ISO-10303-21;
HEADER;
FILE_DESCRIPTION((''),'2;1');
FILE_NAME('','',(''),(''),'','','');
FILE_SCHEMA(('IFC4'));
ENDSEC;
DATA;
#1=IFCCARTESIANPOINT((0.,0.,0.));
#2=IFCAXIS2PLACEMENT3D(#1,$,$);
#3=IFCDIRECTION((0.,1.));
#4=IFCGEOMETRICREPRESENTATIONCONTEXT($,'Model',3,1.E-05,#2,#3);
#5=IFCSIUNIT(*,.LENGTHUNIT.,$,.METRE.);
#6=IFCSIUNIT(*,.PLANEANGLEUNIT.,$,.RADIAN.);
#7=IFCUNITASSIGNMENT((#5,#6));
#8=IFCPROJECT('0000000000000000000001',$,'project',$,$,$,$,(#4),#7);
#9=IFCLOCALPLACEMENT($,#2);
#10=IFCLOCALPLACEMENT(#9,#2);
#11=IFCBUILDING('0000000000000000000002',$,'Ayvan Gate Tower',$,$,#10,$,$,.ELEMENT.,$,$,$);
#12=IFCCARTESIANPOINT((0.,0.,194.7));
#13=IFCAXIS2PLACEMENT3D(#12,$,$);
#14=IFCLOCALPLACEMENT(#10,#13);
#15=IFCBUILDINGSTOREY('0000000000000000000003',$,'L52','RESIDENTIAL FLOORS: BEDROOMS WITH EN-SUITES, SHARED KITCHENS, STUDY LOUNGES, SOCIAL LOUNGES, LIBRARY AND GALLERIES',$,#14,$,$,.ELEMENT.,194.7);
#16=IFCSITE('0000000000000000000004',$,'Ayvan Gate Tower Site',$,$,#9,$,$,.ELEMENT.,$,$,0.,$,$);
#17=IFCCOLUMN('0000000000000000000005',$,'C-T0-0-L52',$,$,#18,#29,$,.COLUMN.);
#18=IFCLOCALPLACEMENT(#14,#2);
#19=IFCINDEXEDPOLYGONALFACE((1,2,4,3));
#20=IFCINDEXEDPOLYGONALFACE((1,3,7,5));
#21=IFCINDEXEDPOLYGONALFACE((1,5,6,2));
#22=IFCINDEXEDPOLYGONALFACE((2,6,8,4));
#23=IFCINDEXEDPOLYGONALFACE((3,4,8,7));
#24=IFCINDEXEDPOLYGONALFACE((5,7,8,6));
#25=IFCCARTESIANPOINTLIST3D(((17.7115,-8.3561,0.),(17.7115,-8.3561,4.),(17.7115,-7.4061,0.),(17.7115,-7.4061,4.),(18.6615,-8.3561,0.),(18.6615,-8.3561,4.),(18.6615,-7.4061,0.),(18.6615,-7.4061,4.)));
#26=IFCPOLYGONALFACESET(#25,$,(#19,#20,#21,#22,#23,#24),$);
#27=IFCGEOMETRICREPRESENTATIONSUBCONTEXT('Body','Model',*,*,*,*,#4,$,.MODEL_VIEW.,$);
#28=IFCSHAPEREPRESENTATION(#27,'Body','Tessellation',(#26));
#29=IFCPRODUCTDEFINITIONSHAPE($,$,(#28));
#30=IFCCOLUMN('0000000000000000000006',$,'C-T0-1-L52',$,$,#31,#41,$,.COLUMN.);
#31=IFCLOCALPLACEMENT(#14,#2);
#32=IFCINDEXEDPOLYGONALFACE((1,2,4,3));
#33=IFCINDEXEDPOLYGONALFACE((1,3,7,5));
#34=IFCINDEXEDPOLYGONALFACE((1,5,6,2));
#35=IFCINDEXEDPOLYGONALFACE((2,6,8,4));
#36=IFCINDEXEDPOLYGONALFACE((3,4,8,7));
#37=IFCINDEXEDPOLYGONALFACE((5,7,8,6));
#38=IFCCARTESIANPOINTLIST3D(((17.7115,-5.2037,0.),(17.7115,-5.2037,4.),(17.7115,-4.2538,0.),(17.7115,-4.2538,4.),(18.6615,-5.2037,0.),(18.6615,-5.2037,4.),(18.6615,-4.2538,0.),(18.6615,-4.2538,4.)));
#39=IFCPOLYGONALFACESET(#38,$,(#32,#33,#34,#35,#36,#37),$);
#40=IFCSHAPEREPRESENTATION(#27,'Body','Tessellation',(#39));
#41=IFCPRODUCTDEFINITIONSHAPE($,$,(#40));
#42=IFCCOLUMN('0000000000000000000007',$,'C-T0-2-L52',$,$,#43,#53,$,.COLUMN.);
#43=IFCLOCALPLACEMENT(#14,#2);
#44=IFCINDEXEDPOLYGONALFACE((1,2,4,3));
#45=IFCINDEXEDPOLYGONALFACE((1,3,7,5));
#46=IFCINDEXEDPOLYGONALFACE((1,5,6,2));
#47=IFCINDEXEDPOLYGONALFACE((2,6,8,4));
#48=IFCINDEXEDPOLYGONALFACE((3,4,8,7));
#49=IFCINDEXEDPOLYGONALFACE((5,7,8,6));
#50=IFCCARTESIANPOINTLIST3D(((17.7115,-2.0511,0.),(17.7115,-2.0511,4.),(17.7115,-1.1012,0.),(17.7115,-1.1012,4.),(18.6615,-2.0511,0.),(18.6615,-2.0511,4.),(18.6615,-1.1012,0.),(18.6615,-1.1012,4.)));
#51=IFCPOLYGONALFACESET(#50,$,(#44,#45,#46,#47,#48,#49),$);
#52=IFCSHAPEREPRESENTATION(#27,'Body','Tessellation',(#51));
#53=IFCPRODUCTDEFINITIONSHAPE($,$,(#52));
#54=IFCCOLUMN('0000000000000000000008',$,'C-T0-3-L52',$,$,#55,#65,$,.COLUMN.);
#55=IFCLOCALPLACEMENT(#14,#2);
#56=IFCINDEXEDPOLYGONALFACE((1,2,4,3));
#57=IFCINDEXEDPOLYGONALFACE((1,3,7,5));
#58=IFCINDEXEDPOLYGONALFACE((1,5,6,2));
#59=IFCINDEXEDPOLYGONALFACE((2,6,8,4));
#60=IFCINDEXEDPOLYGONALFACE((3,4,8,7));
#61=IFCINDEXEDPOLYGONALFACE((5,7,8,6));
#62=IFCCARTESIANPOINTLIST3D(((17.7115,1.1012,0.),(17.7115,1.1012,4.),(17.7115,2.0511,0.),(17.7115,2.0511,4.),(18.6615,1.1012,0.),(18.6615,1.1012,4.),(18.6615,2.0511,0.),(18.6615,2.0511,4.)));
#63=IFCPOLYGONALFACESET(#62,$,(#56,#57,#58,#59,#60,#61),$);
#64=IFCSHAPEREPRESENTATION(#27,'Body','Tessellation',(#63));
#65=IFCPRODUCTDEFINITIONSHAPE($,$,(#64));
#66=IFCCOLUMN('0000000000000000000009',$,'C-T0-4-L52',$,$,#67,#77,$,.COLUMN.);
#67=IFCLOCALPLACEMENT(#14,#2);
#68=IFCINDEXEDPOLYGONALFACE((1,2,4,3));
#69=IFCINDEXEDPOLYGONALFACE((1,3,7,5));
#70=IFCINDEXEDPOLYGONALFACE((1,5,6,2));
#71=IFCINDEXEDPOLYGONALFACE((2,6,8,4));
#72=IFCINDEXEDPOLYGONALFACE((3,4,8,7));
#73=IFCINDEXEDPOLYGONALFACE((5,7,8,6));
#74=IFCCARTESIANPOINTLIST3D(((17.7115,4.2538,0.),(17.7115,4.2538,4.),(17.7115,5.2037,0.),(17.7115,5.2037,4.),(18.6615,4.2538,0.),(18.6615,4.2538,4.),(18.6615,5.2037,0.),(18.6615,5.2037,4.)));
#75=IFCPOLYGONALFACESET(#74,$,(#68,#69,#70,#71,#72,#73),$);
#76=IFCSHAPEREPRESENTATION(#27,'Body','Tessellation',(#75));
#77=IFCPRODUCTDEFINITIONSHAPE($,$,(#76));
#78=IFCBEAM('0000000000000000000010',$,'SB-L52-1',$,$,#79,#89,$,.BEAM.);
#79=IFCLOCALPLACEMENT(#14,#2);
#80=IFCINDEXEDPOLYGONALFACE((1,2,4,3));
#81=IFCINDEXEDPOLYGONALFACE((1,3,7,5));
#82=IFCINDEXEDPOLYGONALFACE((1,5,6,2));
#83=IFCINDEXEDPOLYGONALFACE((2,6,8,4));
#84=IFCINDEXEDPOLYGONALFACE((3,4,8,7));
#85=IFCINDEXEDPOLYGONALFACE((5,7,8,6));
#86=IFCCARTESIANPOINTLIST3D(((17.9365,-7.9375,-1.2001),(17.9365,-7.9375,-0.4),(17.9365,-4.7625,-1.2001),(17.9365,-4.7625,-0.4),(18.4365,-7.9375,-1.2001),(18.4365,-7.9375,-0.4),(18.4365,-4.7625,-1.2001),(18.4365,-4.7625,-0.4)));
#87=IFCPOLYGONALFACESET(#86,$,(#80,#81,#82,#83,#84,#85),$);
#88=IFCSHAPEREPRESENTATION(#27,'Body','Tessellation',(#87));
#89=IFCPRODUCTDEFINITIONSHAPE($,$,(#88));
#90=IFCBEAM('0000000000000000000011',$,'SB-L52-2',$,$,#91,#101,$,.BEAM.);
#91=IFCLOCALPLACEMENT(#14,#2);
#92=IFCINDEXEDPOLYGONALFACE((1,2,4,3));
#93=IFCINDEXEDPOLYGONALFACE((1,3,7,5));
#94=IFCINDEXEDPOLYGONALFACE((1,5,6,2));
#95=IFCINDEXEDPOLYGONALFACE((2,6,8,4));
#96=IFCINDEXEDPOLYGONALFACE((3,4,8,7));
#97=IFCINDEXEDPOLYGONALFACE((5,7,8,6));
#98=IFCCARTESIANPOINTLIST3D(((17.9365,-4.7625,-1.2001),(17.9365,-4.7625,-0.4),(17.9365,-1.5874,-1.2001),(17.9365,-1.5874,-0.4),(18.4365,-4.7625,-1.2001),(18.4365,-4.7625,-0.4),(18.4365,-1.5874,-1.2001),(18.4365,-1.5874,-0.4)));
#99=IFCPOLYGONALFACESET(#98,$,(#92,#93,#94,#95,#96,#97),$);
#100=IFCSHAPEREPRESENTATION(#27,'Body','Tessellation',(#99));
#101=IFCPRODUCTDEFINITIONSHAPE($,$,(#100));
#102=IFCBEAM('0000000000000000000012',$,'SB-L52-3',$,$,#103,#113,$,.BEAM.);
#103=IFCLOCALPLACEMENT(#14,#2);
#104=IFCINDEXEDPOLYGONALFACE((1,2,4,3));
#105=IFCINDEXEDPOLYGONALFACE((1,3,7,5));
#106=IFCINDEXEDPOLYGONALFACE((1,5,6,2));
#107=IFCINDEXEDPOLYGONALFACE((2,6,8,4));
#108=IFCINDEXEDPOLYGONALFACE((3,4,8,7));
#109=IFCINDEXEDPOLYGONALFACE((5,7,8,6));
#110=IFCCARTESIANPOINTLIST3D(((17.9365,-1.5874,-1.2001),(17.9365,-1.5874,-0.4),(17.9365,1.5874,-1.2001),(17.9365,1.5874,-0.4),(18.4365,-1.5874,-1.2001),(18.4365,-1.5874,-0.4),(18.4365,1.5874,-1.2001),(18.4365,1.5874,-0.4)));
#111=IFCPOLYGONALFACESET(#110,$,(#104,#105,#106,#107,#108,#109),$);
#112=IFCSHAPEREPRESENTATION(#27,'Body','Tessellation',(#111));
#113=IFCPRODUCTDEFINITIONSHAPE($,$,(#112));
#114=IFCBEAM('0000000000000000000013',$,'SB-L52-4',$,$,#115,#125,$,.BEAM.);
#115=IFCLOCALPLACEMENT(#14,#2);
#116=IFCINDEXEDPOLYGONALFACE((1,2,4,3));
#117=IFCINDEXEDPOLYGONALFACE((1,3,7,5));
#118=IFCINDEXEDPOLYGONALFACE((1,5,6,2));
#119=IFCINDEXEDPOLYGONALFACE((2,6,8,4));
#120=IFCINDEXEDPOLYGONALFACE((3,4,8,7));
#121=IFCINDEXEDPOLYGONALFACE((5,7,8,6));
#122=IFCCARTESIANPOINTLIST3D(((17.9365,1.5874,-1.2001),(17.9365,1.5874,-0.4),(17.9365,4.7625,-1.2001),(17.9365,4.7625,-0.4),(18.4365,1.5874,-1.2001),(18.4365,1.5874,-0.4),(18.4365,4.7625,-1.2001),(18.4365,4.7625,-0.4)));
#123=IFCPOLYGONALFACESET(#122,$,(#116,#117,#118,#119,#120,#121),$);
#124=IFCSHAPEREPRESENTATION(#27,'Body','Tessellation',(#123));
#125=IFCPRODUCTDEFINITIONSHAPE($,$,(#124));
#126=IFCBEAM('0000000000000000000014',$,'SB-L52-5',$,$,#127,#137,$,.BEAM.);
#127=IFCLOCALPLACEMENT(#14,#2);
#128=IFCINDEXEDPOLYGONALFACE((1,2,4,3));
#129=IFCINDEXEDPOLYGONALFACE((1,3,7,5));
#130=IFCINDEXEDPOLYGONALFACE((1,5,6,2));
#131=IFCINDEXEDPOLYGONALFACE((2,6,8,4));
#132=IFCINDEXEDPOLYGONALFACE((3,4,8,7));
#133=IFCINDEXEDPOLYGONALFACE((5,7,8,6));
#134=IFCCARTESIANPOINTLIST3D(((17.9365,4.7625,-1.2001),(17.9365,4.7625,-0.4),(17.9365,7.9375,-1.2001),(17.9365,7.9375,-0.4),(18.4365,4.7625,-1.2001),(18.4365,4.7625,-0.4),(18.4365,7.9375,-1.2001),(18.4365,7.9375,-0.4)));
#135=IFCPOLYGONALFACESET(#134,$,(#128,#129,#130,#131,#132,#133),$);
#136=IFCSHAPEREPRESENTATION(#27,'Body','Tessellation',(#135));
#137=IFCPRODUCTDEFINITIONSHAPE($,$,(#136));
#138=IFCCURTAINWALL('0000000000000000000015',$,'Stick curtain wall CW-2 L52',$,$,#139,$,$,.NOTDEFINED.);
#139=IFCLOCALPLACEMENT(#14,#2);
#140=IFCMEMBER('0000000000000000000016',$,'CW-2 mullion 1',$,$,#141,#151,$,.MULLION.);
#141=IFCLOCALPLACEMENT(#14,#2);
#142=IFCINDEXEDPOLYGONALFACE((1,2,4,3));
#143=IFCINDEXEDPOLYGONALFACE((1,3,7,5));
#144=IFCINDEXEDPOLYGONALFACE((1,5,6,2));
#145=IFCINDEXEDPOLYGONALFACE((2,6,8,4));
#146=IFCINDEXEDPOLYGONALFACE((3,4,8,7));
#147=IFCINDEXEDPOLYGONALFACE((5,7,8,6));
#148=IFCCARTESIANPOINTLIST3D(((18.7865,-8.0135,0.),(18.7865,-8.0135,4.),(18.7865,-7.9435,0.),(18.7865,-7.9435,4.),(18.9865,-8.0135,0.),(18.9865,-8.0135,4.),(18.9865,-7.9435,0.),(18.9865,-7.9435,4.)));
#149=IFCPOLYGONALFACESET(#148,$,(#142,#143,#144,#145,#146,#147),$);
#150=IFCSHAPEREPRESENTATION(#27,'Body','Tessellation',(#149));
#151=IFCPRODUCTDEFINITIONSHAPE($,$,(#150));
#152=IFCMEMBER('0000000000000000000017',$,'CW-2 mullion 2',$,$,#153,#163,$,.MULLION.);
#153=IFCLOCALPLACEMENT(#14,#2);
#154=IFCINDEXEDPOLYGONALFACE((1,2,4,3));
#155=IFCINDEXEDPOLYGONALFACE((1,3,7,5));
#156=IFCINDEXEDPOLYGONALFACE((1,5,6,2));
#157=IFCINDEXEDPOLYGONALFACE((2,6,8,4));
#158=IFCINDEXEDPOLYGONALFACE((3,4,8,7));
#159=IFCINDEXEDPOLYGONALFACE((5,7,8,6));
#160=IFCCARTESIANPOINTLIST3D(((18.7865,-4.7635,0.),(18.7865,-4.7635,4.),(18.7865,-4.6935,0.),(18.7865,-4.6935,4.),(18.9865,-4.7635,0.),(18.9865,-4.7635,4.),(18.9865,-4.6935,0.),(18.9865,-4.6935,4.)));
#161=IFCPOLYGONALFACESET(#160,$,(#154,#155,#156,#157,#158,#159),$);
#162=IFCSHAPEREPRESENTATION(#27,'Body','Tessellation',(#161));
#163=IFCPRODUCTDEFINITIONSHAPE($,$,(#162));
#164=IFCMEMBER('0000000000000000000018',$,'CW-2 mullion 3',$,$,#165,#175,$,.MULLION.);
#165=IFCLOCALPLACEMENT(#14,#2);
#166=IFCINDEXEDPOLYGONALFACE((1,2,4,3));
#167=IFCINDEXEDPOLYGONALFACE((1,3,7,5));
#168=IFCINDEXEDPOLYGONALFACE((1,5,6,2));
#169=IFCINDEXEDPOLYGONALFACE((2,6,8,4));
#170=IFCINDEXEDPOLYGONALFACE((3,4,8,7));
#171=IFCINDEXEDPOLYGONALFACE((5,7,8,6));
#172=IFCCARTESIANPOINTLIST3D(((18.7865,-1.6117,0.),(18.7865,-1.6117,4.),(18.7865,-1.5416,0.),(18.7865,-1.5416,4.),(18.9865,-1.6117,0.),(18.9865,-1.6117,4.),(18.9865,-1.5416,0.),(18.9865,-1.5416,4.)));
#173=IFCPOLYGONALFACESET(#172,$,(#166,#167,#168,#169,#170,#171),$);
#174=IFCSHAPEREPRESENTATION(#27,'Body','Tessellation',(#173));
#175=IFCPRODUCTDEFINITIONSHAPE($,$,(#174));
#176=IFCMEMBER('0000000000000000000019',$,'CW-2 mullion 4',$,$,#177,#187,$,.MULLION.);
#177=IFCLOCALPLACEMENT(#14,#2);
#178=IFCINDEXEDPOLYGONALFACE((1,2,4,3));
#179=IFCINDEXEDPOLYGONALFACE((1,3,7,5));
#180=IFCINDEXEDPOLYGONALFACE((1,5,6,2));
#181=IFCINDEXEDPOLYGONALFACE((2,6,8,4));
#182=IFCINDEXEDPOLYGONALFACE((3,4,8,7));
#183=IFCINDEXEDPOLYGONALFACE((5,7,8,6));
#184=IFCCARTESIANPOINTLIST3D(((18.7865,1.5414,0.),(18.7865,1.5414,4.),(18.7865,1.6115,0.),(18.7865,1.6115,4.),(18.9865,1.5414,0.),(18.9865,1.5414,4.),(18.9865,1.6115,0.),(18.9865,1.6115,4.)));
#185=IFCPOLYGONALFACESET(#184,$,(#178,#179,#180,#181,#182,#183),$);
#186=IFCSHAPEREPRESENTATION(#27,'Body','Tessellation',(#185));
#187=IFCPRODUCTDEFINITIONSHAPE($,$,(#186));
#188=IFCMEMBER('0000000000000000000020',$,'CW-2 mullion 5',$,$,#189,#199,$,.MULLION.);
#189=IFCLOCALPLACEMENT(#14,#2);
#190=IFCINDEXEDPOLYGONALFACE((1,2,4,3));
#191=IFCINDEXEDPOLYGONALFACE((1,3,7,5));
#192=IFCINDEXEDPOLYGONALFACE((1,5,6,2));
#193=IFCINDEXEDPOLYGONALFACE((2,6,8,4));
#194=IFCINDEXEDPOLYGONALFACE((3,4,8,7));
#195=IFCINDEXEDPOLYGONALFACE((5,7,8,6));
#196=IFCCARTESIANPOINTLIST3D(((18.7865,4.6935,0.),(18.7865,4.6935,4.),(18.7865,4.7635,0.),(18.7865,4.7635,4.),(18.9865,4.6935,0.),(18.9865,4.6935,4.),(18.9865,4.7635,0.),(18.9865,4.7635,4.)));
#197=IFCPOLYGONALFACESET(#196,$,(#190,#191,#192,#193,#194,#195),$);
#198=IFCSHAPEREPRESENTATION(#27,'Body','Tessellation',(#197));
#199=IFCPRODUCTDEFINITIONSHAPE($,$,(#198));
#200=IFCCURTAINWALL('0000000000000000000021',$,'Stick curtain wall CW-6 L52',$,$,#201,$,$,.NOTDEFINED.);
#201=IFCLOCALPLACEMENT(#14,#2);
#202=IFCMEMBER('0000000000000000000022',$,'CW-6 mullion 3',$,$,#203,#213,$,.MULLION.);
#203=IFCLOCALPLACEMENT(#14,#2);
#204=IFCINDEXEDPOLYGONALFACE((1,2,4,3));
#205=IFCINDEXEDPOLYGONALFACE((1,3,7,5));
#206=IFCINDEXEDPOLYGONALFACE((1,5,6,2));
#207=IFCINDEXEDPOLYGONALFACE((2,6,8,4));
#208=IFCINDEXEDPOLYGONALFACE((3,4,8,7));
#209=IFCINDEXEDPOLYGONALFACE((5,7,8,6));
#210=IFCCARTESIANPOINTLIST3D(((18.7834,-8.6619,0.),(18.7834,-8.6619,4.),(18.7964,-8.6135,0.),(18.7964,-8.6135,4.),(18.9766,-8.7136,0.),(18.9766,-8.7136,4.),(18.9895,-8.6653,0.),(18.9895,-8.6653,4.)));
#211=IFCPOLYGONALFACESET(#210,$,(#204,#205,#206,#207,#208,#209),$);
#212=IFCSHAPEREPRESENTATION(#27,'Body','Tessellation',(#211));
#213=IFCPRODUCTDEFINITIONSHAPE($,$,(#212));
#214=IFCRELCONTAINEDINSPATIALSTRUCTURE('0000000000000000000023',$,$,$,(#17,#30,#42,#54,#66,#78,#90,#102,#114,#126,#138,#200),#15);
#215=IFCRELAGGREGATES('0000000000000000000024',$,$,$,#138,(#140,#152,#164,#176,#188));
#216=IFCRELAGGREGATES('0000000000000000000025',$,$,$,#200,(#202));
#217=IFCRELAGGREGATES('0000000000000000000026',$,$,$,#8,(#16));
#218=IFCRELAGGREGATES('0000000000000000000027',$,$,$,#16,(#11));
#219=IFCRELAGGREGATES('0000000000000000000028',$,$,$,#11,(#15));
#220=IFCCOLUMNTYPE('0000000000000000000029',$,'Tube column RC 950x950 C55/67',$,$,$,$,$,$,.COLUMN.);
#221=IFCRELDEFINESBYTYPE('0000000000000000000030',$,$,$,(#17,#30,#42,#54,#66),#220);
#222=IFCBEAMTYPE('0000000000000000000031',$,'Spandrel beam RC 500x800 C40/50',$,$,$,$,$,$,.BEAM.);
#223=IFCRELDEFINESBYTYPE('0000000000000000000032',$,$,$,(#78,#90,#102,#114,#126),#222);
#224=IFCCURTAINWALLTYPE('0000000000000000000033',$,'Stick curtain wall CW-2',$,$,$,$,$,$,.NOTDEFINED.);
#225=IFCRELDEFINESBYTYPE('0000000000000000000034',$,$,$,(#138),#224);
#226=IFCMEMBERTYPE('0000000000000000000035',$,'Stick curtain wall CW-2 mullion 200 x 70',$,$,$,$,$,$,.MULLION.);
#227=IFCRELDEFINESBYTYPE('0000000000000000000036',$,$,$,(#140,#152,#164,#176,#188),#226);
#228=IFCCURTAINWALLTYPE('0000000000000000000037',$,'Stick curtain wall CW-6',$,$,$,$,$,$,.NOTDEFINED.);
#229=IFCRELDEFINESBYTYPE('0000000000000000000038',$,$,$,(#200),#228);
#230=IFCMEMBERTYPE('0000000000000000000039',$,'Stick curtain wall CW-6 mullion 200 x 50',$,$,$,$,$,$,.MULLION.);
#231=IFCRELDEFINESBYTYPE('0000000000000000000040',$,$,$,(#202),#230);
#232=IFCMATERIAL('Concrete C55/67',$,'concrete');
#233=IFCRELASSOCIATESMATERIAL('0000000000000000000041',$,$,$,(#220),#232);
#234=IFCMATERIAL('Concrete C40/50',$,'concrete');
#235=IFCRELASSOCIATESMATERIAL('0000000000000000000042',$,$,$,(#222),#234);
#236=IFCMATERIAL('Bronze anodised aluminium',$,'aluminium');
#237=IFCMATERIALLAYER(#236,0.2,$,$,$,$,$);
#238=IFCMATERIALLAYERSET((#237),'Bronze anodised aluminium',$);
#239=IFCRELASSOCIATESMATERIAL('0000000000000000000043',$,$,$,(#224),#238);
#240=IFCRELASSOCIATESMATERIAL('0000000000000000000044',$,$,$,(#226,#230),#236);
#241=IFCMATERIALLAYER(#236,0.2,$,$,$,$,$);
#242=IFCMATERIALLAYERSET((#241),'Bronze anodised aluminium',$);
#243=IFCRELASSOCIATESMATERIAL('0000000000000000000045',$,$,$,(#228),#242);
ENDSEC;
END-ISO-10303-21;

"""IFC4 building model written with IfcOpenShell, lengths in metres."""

from ifc_helpers import new_model, si_unit, direction, frame, origin, origin_2d, place, context, subcontext, project, spatial, rectangle, extrude, material, layer, layer_set, material_profile, profile_set, type_object, element, aggregate, save


model = new_model("IFC4")

# Units and contexts
model_context = context("Model", 3, precision=1e-05, world=origin(), true_north=direction((0.0, 1.0)))
body_context = subcontext(model_context, "Body", "Model", "MODEL_VIEW")
ifc_project = project(units=[si_unit("LENGTHUNIT", "METRE"), si_unit("PLANEANGLEUNIT", "RADIAN")], contexts=[model_context])

# Site, building, storey
site_placement = place(None, origin())
site = spatial("IfcSite", under=ifc_project, at=site_placement, Name="Ayvan Gate Tower Site", CompositionType="ELEMENT", RefElevation=0.0)
building_placement = place(site_placement, origin())
building = spatial("IfcBuilding", under=site, at=building_placement, Name="Ayvan Gate Tower", CompositionType="ELEMENT")
storey_placement = place(building_placement, frame((0.0, 0.0, 194.7)))
storey = spatial("IfcBuildingStorey", under=building, at=storey_placement, Name="L52", Description="RESIDENTIAL FLOORS: BEDROOMS WITH EN-SUITES, SHARED KITCHENS, STUDY LOUNGES, SOCIAL LOUNGES, LIBRARY AND GALLERIES", CompositionType="ELEMENT", Elevation=194.7)

# Columns
ifc_material_1 = material(Name="Concrete C55/67", Category="concrete")
ifc_material_profile_1 = material_profile(ifc_material_1, rectangle(XDim=0.95, YDim=0.95, at=origin_2d()), Name="RC 950x950")
ifc_profile_set_1 = profile_set([ifc_material_profile_1], Name="Concrete C55/67")
column_type = type_object("IfcColumnType", Name="Tube column RC 950x950 C55/67", PredefinedType="COLUMN", material=ifc_profile_set_1)
for number, where, z_axis, x_axis, name in (
    (1, (18.1865, -7.8811, 0.0), (0.0, 0.0, 1.0), (1.0, 0.0, 0.0), "C-T0-0-L52"),
    (2, (18.1865, -4.7288, 0.0), (0.0, 0.0, 1.0), (1.0, 0.0, 0.0), "C-T0-1-L52"),
    (3, (18.1865, -1.5762, 0.0), (0.0, 0.0, 1.0), (1.0, 0.0, 0.0), "C-T0-2-L52"),
    (4, (18.1865, 1.5762, 0.0), (0.0, 0.0, 1.0), (1.0, 0.0, 0.0), "C-T0-3-L52"),
    (5, (18.1865, 4.7288, 0.0), (0.0, 0.0, 1.0), (1.0, 0.0, 0.0), "C-T0-4-L52"),
):
    element("IfcColumn", number, at=place(storey_placement, frame(where, z_axis=z_axis, x_axis=x_axis)), inside=storey, type_object=column_type, Name=name, PredefinedType="COLUMN", context=body_context, shape_type="SweptSolid", body=[
        extrude(rectangle(XDim=0.95, YDim=0.95, at=origin_2d()), origin(), (0.0, 0.0, 1.0), 4.0),
    ])

# Beams
ifc_material_2 = material(Name="Concrete C40/50", Category="concrete")
ifc_material_profile_2 = material_profile(ifc_material_2, rectangle(XDim=0.5, YDim=0.8, at=origin_2d()), Name="RC 500x800")
ifc_profile_set_2 = profile_set([ifc_material_profile_2], Name="Concrete C40/50")
beam_type = type_object("IfcBeamType", Name="Spandrel beam RC 500x800 C40/50", PredefinedType="BEAM", material=ifc_profile_set_2)
for number, where, z_axis, x_axis, name in (
    (6, (18.1865, -7.9375, -0.8), (0.0, 1.0, 0.0), (-1.0, 0.0, 0.0), "SB-L52-1"),
    (7, (18.1865, -4.7625, -0.8), (0.0, 1.0, 0.0), (-1.0, 0.0, 0.0), "SB-L52-2"),
):
    element("IfcBeam", number, at=place(storey_placement, frame(where, z_axis=z_axis, x_axis=x_axis)), inside=storey, type_object=beam_type, Name=name, PredefinedType="BEAM", context=body_context, shape_type="SweptSolid", body=[
        extrude(rectangle(XDim=0.5, YDim=0.8, at=origin_2d()), origin(), (0.0, 0.0, 1.0), 3.175),
    ])
beam_placement = place(storey_placement, frame((18.1865, -1.5874, -0.8), z_axis=(0.0, 1.0, 0.0), x_axis=(-1.0, 0.0, 0.0)))
element("IfcBeam", 8, at=beam_placement, inside=storey, type_object=beam_type, Name="SB-L52-3", PredefinedType="BEAM", context=body_context, shape_type="SweptSolid", body=[
    extrude(rectangle(XDim=0.5, YDim=0.8, at=origin_2d()), origin(), (0.0, 0.0, 1.0), 3.1748),
])
for number, where, z_axis, x_axis, name in (
    (9, (18.1865, 1.5874, -0.8), (0.0, 1.0, 0.0), (-1.0, 0.0, 0.0), "SB-L52-4"),
    (10, (18.1865, 4.7625, -0.8), (0.0, 1.0, 0.0), (-1.0, 0.0, 0.0), "SB-L52-5"),
):
    element("IfcBeam", number, at=place(storey_placement, frame(where, z_axis=z_axis, x_axis=x_axis)), inside=storey, type_object=beam_type, Name=name, PredefinedType="BEAM", context=body_context, shape_type="SweptSolid", body=[
        extrude(rectangle(XDim=0.5, YDim=0.8, at=origin_2d()), origin(), (0.0, 0.0, 1.0), 3.175),
    ])

# Curtain walls, members
ifc_material_3 = material(Name="Bronze anodised aluminium", Category="aluminium")
ifc_layer_1 = layer(ifc_material_3, 0.2)
ifc_layer_set_1 = layer_set([ifc_layer_1], Name="Bronze anodised aluminium")
curtain_wall_type_1 = type_object("IfcCurtainWallType", Name="Stick curtain wall CW-2", PredefinedType="NOTDEFINED", material=ifc_layer_set_1)
curtain_wall_1_placement = place(storey_placement, origin())
curtain_wall_1 = element("IfcCurtainWall", 11, at=curtain_wall_1_placement, inside=storey, type_object=curtain_wall_type_1, Name="Stick curtain wall CW-2 L52", PredefinedType="NOTDEFINED")
ifc_material_profile_3 = material_profile(ifc_material_3, rectangle(XDim=0.2, YDim=0.0701, at=origin_2d()), Name="Stick curtain wall CW-2 mullion 200 x 70")
ifc_profile_set_3 = profile_set([ifc_material_profile_3], Name="Bronze anodised aluminium")
member_type_1 = type_object("IfcMemberType", Name="Stick curtain wall CW-2 mullion 200 x 70", PredefinedType="MULLION", material=ifc_profile_set_3)
member_1_placement = place(storey_placement, frame((18.8865, -7.9785, 0.0), z_axis=(0.0, 0.0, 1.0), x_axis=(1.0, 0.0, 0.0)))
member_1 = element("IfcMember", 12, at=member_1_placement, type_object=member_type_1, Name="CW-2 mullion 1", PredefinedType="MULLION", context=body_context, shape_type="SweptSolid", body=[
    extrude(rectangle(XDim=0.2, YDim=0.0701, at=origin_2d()), origin(), (0.0, 0.0, 1.0), 4.0),
])
member_2_placement = place(storey_placement, frame((18.8865, -4.7285, 0.0), z_axis=(0.0, 0.0, 1.0), x_axis=(1.0, 0.0, 0.0)))
member_2 = element("IfcMember", 13, at=member_2_placement, type_object=member_type_1, Name="CW-2 mullion 2", PredefinedType="MULLION", context=body_context, shape_type="SweptSolid", body=[
    extrude(rectangle(XDim=0.2, YDim=0.0701, at=origin_2d()), origin(), (0.0, 0.0, 1.0), 4.0),
])
member_3_placement = place(storey_placement, frame((18.8865, -1.5767, 0.0), z_axis=(0.0, 0.0, 1.0), x_axis=(1.0, 0.0, 0.0)))
member_3 = element("IfcMember", 14, at=member_3_placement, type_object=member_type_1, Name="CW-2 mullion 3", PredefinedType="MULLION", context=body_context, shape_type="SweptSolid", body=[
    extrude(rectangle(XDim=0.2, YDim=0.0701, at=origin_2d()), origin(), (0.0, 0.0, 1.0), 4.0),
])
member_4_placement = place(storey_placement, frame((18.8865, 1.5764, 0.0), z_axis=(0.0, 0.0, 1.0), x_axis=(1.0, 0.0, 0.0)))
member_4 = element("IfcMember", 15, at=member_4_placement, type_object=member_type_1, Name="CW-2 mullion 4", PredefinedType="MULLION", context=body_context, shape_type="SweptSolid", body=[
    extrude(rectangle(XDim=0.2, YDim=0.0701, at=origin_2d()), origin(), (0.0, 0.0, 1.0), 4.0),
])
member_5_placement = place(storey_placement, frame((18.8865, 4.7285, 0.0), z_axis=(0.0, 0.0, 1.0), x_axis=(1.0, 0.0, 0.0)))
member_5 = element("IfcMember", 16, at=member_5_placement, type_object=member_type_1, Name="CW-2 mullion 5", PredefinedType="MULLION", context=body_context, shape_type="SweptSolid", body=[
    extrude(rectangle(XDim=0.2, YDim=0.0701, at=origin_2d()), origin(), (0.0, 0.0, 1.0), 4.0),
])
ifc_layer_2 = layer(ifc_material_3, 0.2)
ifc_layer_set_2 = layer_set([ifc_layer_2], Name="Bronze anodised aluminium")
curtain_wall_type_2 = type_object("IfcCurtainWallType", Name="Stick curtain wall CW-6", PredefinedType="NOTDEFINED", material=ifc_layer_set_2)
curtain_wall_2_placement = place(storey_placement, origin())
curtain_wall_2 = element("IfcCurtainWall", 17, at=curtain_wall_2_placement, inside=storey, type_object=curtain_wall_type_2, Name="Stick curtain wall CW-6 L52", PredefinedType="NOTDEFINED")
ifc_material_profile_4 = material_profile(ifc_material_3, rectangle(XDim=0.2, YDim=0.05, at=origin_2d()), Name="Stick curtain wall CW-6 mullion 200 x 50")
ifc_profile_set_4 = profile_set([ifc_material_profile_4], Name="Bronze anodised aluminium")
member_type_2 = type_object("IfcMemberType", Name="Stick curtain wall CW-6 mullion 200 x 50", PredefinedType="MULLION", material=ifc_profile_set_4)
member_6_placement = place(storey_placement, frame((18.8865, -8.6636, 0.0), z_axis=(0.0, 0.0, 1.0), x_axis=(0.965926, -0.258819, 0.0)))
member_6 = element("IfcMember", 18, at=member_6_placement, type_object=member_type_2, Name="CW-6 mullion 3", PredefinedType="MULLION", context=body_context, shape_type="SweptSolid", body=[
    extrude(rectangle(XDim=0.2, YDim=0.05, at=origin_2d()), origin(), (0.0, 0.0, 1.0), 4.0),
])

aggregate(curtain_wall_1, [member_1, member_2, member_3, member_4, member_5])
aggregate(curtain_wall_2, [member_6])

save(model, "model.ifc")
